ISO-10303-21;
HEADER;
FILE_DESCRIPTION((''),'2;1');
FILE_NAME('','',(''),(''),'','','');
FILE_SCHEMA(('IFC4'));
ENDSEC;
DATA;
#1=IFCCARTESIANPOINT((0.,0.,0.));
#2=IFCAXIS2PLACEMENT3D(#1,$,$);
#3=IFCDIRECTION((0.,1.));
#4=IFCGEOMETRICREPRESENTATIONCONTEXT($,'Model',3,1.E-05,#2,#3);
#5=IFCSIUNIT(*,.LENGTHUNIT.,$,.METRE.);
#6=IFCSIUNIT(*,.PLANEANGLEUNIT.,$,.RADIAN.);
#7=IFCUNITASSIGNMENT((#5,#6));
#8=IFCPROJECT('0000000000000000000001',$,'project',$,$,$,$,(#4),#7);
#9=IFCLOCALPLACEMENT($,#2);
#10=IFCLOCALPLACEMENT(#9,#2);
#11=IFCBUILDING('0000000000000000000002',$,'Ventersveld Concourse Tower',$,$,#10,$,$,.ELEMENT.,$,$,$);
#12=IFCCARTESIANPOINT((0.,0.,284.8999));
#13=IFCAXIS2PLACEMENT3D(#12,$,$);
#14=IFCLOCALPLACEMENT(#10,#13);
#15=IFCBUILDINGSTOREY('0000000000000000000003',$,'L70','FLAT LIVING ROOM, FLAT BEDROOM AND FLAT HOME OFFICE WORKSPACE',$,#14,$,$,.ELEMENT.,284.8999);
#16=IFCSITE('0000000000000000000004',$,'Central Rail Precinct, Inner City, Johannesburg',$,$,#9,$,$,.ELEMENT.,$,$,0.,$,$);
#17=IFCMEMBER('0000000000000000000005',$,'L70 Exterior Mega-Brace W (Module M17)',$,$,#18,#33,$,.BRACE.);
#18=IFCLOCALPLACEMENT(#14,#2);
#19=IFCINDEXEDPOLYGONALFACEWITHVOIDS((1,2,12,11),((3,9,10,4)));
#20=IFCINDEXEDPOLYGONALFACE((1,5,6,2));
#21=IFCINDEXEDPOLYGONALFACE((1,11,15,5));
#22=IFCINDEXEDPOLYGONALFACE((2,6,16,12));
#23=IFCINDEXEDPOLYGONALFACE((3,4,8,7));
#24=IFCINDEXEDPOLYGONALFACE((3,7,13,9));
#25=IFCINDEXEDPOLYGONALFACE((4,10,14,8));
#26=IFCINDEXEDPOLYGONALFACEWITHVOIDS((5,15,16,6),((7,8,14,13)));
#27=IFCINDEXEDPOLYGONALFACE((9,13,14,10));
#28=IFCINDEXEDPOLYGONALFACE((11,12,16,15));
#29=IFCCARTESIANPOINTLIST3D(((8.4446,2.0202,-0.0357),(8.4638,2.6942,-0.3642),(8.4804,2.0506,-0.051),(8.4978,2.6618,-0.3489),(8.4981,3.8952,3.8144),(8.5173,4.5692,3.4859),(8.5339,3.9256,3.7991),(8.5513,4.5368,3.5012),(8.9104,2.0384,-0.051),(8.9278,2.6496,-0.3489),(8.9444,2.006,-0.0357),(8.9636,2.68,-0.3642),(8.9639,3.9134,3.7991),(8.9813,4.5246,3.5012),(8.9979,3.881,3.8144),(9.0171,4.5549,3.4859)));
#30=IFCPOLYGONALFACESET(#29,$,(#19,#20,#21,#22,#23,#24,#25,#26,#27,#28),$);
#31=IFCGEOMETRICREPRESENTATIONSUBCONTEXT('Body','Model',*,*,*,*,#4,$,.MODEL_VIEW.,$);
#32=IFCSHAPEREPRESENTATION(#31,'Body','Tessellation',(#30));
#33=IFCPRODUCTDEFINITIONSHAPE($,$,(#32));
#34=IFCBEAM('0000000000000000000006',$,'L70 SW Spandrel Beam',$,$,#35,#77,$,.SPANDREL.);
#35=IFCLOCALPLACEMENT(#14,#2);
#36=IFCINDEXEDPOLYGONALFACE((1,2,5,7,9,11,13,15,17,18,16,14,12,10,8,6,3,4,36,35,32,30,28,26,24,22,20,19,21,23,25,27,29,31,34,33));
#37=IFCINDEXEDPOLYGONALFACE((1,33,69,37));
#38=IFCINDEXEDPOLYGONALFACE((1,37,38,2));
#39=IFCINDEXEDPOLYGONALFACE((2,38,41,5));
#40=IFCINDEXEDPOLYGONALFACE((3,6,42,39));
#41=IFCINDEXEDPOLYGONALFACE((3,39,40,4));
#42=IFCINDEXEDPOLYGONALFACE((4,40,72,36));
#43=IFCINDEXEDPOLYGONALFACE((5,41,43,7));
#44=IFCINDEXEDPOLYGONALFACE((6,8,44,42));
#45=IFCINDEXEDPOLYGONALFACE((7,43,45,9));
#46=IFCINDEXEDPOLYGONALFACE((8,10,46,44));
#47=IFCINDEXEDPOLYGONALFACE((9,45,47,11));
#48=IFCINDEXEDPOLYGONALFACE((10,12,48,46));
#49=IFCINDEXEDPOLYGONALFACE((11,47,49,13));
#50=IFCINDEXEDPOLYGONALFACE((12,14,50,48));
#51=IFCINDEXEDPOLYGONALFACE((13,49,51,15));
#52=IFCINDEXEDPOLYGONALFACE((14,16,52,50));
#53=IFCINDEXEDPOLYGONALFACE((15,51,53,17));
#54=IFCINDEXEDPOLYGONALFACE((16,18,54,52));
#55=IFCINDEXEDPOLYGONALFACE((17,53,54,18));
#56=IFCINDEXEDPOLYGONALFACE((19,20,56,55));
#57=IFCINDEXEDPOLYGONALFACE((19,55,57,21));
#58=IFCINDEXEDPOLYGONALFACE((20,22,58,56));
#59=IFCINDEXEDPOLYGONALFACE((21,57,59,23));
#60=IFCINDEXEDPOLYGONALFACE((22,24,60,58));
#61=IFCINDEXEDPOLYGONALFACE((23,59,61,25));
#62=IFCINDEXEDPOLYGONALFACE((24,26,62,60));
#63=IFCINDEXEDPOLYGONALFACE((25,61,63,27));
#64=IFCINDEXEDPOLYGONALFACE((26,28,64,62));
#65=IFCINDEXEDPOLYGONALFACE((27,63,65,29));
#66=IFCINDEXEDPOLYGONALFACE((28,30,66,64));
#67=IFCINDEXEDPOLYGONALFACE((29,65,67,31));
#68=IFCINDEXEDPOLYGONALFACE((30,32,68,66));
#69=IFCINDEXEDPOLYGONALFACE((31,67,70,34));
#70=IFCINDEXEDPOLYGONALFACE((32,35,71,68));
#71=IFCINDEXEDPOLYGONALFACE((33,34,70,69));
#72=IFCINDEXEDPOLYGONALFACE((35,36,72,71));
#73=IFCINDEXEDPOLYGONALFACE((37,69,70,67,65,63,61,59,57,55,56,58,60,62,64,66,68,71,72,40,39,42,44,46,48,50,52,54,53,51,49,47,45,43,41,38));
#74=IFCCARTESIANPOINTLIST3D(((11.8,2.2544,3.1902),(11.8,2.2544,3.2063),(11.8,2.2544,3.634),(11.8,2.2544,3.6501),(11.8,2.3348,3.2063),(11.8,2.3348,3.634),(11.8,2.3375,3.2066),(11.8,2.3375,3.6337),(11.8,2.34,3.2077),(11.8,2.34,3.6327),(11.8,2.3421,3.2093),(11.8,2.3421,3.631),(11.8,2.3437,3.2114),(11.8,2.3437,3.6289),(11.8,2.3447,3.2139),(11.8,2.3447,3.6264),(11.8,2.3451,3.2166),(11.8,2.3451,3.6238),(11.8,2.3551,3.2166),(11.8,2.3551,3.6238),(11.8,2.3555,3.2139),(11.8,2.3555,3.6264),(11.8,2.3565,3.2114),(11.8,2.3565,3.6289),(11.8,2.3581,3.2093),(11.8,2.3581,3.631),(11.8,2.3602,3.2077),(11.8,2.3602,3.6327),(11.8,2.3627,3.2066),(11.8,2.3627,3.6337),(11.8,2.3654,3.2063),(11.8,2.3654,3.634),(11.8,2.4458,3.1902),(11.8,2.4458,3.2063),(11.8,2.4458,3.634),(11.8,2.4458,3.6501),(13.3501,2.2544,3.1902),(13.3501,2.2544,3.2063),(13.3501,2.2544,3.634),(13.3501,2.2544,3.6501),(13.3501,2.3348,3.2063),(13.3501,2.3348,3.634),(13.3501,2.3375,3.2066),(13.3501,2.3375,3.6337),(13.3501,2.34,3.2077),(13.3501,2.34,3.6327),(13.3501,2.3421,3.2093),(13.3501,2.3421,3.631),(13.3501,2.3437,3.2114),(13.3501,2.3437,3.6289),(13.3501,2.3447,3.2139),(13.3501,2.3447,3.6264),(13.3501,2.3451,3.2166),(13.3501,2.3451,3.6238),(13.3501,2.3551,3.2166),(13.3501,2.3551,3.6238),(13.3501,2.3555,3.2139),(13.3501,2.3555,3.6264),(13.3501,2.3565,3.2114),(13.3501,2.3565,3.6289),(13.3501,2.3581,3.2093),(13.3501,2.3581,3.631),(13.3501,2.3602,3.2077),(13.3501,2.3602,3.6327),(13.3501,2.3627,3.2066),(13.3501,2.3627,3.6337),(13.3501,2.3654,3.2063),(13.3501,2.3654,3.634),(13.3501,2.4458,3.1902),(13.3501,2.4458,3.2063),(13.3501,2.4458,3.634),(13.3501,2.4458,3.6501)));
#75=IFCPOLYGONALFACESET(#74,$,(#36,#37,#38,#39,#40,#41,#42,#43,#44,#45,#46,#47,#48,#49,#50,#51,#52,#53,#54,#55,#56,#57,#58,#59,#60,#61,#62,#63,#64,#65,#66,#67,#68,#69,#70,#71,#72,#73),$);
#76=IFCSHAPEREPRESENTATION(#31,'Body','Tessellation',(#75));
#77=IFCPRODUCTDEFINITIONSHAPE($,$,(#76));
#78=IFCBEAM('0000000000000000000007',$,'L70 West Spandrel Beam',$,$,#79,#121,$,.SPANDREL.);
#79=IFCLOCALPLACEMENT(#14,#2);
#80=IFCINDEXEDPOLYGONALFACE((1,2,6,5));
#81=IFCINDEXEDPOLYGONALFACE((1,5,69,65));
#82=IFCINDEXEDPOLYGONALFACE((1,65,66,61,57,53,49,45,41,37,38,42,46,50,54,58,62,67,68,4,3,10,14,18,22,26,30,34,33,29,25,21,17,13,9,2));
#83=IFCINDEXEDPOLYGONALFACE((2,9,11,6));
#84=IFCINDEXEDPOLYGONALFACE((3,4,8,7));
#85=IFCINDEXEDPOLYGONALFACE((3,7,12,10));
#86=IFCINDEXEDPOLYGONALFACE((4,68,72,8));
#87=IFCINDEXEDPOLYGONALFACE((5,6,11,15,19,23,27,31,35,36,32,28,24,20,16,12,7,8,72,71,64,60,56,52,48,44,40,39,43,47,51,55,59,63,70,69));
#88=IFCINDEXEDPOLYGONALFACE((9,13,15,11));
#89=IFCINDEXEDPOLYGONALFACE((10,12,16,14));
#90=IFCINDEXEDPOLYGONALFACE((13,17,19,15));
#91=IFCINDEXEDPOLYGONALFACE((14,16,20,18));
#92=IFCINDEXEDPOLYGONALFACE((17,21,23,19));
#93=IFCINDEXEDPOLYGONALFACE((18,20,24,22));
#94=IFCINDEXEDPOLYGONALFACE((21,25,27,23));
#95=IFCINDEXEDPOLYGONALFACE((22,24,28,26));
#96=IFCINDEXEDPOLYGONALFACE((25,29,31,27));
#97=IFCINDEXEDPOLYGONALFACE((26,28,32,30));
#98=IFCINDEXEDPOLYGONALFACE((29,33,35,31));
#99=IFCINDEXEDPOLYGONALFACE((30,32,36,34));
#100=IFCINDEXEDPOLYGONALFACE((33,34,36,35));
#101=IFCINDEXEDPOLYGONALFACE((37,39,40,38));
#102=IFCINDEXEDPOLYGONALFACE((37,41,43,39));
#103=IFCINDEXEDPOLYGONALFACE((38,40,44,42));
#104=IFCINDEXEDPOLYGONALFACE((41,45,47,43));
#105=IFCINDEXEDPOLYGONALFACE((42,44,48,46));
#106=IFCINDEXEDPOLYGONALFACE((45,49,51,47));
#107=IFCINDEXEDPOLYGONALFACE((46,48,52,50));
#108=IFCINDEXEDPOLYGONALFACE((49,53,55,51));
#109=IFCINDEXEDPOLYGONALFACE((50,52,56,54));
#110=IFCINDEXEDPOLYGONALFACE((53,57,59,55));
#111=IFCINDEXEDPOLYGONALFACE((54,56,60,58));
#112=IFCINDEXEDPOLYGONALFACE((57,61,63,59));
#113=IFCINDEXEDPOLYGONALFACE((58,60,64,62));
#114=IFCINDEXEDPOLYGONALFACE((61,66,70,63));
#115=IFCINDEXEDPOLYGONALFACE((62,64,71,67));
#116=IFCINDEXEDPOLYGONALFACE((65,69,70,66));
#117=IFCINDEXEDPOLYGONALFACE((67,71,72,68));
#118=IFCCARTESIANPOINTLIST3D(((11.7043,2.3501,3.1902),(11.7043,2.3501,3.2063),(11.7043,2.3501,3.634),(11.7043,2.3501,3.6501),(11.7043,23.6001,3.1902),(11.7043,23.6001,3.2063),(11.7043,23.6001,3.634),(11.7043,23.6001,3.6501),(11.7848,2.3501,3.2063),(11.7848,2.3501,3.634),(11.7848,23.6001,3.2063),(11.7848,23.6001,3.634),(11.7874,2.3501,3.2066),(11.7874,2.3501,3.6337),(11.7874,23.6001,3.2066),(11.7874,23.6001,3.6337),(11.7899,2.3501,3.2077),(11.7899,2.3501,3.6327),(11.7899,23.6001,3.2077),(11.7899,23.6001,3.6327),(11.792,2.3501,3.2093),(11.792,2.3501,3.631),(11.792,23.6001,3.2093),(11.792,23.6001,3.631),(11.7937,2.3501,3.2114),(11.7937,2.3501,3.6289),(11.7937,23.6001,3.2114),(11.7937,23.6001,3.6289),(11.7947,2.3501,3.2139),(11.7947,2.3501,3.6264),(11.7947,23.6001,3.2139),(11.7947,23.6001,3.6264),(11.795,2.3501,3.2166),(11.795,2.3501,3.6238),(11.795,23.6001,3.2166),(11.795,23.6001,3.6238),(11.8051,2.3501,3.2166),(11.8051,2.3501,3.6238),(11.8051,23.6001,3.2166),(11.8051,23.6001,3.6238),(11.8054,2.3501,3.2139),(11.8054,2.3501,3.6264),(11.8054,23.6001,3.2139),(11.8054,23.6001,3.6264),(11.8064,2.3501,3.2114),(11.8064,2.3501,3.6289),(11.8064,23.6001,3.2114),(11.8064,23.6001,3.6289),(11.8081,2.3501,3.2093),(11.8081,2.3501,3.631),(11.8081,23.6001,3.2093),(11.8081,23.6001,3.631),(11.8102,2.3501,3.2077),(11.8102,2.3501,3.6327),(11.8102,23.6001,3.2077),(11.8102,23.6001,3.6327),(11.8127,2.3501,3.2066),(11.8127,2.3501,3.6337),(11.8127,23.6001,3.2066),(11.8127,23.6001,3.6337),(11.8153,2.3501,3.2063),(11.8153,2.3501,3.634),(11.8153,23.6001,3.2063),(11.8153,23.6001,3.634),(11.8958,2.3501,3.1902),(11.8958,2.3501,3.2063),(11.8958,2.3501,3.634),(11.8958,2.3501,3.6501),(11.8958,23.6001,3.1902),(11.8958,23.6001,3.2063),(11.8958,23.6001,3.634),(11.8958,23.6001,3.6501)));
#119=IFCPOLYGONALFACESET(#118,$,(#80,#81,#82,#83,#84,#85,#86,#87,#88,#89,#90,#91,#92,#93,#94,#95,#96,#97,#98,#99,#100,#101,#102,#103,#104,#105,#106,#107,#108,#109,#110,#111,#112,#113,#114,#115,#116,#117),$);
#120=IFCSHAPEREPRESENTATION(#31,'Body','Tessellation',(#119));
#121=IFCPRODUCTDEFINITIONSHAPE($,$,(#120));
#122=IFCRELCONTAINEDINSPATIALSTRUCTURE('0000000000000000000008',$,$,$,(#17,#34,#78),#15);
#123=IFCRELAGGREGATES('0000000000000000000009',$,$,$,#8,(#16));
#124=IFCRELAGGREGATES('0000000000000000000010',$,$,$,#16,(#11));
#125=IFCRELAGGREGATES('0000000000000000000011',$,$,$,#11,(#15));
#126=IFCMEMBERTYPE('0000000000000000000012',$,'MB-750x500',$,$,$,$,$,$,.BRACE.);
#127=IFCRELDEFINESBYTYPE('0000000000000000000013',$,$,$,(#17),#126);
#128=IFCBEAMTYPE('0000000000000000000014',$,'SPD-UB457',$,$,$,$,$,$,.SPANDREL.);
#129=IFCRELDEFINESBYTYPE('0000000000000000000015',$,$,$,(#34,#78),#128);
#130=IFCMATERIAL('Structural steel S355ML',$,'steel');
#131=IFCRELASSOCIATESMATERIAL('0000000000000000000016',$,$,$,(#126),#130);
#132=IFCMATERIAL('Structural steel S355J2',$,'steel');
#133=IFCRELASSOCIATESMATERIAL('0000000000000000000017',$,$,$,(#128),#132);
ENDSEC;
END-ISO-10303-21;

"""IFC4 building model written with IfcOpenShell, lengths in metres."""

from ifc_helpers import new_model, si_unit, direction, frame, origin, origin_2d, place, context, subcontext, project, spatial, hollow_rectangle, i_section, extrude, material, material_profile, profile_set, type_object, element, save


model = new_model("IFC4")

# Units and contexts
model_context = context("Model", 3, precision=1e-05, world=origin(), true_north=direction((0.0, 1.0)))
body_context = subcontext(model_context, "Body", "Model", "MODEL_VIEW")
ifc_project = project(units=[si_unit("LENGTHUNIT", "METRE"), si_unit("PLANEANGLEUNIT", "RADIAN")], contexts=[model_context])

# Site, building, storey
site_placement = place(None, origin())
site = spatial("IfcSite", under=ifc_project, at=site_placement, Name="Central Rail Precinct, Inner City, Johannesburg", CompositionType="ELEMENT", RefElevation=0.0)
building_placement = place(site_placement, origin())
building = spatial("IfcBuilding", under=site, at=building_placement, Name="Ventersveld Concourse Tower", CompositionType="ELEMENT")
storey_placement = place(building_placement, frame((0.0, 0.0, 284.8999)))
storey = spatial("IfcBuildingStorey", under=building, at=storey_placement, Name="L70", Description="FLAT LIVING ROOM, FLAT BEDROOM AND FLAT HOME OFFICE WORKSPACE", CompositionType="ELEMENT", Elevation=284.8999)

# Shared definitions
ifc_material_1 = material(Name="Structural steel S355J2", Category="steel")

# Member
ifc_material_2 = material(Name="Structural steel S355ML", Category="steel")
ifc_material_profile_1 = material_profile(ifc_material_2, hollow_rectangle(XDim=0.5, YDim=0.75, WallThickness=0.0349, at=origin_2d()), Name="BOX 750x500x35")
ifc_profile_set_1 = profile_set([ifc_material_profile_1], Name="Structural steel S355ML")
member_type = type_object("IfcMemberType", Name="MB-750x500", PredefinedType="BRACE", material=ifc_profile_set_1)
member_placement = place(storey_placement, frame((8.7041, 2.3501, -0.2), z_axis=(0.012484, 0.437805, 0.898983), x_axis=(-0.999594, 0.028504, 0.0)))
element("IfcMember", 1, at=member_placement, inside=storey, type_object=member_type, Name="L70 Exterior Mega-Brace W (Module M17)", PredefinedType="BRACE", context=body_context, shape_type="SweptSolid", body=[
    extrude(hollow_rectangle(XDim=0.5, YDim=0.75, WallThickness=0.0349, at=origin_2d()), origin(), (0.0, 0.0, 1.0), 4.2827),
])

# Beams
ifc_material_profile_2 = material_profile(ifc_material_1, i_section(OverallWidth=0.1914, OverallDepth=0.46, WebThickness=0.01, FlangeThickness=0.0161, FilletRadius=0.0103, at=origin_2d()), Name="UB 457x191x82")
ifc_profile_set_2 = profile_set([ifc_material_profile_2], Name="Structural steel S355J2")
beam_type_1 = type_object("IfcBeamType", Name="SPD-UB457", PredefinedType="SPANDREL", material=ifc_profile_set_2)
beam_1_placement = place(storey_placement, frame((11.8, 2.3501, 3.4202), z_axis=(1.0, 0.0, 0.0), x_axis=(0.0, 1.0, 0.0)))
element("IfcBeam", 2, at=beam_1_placement, inside=storey, type_object=beam_type_1, Name="L70 SW Spandrel Beam", PredefinedType="SPANDREL", context=body_context, shape_type="SweptSolid", body=[
    extrude(i_section(OverallWidth=0.1914, OverallDepth=0.46, WebThickness=0.01, FlangeThickness=0.0161, FilletRadius=0.0103, at=origin_2d()), origin(), (0.0, 0.0, 1.0), 1.55),
])
beam_2_placement = place(storey_placement, frame((11.8, 2.3501, 3.4202), z_axis=(0.0, 1.0, 0.0), x_axis=(-1.0, 0.0, 0.0)))
element("IfcBeam", 3, at=beam_2_placement, inside=storey, type_object=beam_type_1, Name="L70 West Spandrel Beam", PredefinedType="SPANDREL", context=body_context, shape_type="SweptSolid", body=[
    extrude(i_section(OverallWidth=0.1914, OverallDepth=0.46, WebThickness=0.01, FlangeThickness=0.0161, FilletRadius=0.0103, at=origin_2d()), origin(), (0.0, 0.0, 1.0), 21.25),
])

save(model, "model.ifc")
